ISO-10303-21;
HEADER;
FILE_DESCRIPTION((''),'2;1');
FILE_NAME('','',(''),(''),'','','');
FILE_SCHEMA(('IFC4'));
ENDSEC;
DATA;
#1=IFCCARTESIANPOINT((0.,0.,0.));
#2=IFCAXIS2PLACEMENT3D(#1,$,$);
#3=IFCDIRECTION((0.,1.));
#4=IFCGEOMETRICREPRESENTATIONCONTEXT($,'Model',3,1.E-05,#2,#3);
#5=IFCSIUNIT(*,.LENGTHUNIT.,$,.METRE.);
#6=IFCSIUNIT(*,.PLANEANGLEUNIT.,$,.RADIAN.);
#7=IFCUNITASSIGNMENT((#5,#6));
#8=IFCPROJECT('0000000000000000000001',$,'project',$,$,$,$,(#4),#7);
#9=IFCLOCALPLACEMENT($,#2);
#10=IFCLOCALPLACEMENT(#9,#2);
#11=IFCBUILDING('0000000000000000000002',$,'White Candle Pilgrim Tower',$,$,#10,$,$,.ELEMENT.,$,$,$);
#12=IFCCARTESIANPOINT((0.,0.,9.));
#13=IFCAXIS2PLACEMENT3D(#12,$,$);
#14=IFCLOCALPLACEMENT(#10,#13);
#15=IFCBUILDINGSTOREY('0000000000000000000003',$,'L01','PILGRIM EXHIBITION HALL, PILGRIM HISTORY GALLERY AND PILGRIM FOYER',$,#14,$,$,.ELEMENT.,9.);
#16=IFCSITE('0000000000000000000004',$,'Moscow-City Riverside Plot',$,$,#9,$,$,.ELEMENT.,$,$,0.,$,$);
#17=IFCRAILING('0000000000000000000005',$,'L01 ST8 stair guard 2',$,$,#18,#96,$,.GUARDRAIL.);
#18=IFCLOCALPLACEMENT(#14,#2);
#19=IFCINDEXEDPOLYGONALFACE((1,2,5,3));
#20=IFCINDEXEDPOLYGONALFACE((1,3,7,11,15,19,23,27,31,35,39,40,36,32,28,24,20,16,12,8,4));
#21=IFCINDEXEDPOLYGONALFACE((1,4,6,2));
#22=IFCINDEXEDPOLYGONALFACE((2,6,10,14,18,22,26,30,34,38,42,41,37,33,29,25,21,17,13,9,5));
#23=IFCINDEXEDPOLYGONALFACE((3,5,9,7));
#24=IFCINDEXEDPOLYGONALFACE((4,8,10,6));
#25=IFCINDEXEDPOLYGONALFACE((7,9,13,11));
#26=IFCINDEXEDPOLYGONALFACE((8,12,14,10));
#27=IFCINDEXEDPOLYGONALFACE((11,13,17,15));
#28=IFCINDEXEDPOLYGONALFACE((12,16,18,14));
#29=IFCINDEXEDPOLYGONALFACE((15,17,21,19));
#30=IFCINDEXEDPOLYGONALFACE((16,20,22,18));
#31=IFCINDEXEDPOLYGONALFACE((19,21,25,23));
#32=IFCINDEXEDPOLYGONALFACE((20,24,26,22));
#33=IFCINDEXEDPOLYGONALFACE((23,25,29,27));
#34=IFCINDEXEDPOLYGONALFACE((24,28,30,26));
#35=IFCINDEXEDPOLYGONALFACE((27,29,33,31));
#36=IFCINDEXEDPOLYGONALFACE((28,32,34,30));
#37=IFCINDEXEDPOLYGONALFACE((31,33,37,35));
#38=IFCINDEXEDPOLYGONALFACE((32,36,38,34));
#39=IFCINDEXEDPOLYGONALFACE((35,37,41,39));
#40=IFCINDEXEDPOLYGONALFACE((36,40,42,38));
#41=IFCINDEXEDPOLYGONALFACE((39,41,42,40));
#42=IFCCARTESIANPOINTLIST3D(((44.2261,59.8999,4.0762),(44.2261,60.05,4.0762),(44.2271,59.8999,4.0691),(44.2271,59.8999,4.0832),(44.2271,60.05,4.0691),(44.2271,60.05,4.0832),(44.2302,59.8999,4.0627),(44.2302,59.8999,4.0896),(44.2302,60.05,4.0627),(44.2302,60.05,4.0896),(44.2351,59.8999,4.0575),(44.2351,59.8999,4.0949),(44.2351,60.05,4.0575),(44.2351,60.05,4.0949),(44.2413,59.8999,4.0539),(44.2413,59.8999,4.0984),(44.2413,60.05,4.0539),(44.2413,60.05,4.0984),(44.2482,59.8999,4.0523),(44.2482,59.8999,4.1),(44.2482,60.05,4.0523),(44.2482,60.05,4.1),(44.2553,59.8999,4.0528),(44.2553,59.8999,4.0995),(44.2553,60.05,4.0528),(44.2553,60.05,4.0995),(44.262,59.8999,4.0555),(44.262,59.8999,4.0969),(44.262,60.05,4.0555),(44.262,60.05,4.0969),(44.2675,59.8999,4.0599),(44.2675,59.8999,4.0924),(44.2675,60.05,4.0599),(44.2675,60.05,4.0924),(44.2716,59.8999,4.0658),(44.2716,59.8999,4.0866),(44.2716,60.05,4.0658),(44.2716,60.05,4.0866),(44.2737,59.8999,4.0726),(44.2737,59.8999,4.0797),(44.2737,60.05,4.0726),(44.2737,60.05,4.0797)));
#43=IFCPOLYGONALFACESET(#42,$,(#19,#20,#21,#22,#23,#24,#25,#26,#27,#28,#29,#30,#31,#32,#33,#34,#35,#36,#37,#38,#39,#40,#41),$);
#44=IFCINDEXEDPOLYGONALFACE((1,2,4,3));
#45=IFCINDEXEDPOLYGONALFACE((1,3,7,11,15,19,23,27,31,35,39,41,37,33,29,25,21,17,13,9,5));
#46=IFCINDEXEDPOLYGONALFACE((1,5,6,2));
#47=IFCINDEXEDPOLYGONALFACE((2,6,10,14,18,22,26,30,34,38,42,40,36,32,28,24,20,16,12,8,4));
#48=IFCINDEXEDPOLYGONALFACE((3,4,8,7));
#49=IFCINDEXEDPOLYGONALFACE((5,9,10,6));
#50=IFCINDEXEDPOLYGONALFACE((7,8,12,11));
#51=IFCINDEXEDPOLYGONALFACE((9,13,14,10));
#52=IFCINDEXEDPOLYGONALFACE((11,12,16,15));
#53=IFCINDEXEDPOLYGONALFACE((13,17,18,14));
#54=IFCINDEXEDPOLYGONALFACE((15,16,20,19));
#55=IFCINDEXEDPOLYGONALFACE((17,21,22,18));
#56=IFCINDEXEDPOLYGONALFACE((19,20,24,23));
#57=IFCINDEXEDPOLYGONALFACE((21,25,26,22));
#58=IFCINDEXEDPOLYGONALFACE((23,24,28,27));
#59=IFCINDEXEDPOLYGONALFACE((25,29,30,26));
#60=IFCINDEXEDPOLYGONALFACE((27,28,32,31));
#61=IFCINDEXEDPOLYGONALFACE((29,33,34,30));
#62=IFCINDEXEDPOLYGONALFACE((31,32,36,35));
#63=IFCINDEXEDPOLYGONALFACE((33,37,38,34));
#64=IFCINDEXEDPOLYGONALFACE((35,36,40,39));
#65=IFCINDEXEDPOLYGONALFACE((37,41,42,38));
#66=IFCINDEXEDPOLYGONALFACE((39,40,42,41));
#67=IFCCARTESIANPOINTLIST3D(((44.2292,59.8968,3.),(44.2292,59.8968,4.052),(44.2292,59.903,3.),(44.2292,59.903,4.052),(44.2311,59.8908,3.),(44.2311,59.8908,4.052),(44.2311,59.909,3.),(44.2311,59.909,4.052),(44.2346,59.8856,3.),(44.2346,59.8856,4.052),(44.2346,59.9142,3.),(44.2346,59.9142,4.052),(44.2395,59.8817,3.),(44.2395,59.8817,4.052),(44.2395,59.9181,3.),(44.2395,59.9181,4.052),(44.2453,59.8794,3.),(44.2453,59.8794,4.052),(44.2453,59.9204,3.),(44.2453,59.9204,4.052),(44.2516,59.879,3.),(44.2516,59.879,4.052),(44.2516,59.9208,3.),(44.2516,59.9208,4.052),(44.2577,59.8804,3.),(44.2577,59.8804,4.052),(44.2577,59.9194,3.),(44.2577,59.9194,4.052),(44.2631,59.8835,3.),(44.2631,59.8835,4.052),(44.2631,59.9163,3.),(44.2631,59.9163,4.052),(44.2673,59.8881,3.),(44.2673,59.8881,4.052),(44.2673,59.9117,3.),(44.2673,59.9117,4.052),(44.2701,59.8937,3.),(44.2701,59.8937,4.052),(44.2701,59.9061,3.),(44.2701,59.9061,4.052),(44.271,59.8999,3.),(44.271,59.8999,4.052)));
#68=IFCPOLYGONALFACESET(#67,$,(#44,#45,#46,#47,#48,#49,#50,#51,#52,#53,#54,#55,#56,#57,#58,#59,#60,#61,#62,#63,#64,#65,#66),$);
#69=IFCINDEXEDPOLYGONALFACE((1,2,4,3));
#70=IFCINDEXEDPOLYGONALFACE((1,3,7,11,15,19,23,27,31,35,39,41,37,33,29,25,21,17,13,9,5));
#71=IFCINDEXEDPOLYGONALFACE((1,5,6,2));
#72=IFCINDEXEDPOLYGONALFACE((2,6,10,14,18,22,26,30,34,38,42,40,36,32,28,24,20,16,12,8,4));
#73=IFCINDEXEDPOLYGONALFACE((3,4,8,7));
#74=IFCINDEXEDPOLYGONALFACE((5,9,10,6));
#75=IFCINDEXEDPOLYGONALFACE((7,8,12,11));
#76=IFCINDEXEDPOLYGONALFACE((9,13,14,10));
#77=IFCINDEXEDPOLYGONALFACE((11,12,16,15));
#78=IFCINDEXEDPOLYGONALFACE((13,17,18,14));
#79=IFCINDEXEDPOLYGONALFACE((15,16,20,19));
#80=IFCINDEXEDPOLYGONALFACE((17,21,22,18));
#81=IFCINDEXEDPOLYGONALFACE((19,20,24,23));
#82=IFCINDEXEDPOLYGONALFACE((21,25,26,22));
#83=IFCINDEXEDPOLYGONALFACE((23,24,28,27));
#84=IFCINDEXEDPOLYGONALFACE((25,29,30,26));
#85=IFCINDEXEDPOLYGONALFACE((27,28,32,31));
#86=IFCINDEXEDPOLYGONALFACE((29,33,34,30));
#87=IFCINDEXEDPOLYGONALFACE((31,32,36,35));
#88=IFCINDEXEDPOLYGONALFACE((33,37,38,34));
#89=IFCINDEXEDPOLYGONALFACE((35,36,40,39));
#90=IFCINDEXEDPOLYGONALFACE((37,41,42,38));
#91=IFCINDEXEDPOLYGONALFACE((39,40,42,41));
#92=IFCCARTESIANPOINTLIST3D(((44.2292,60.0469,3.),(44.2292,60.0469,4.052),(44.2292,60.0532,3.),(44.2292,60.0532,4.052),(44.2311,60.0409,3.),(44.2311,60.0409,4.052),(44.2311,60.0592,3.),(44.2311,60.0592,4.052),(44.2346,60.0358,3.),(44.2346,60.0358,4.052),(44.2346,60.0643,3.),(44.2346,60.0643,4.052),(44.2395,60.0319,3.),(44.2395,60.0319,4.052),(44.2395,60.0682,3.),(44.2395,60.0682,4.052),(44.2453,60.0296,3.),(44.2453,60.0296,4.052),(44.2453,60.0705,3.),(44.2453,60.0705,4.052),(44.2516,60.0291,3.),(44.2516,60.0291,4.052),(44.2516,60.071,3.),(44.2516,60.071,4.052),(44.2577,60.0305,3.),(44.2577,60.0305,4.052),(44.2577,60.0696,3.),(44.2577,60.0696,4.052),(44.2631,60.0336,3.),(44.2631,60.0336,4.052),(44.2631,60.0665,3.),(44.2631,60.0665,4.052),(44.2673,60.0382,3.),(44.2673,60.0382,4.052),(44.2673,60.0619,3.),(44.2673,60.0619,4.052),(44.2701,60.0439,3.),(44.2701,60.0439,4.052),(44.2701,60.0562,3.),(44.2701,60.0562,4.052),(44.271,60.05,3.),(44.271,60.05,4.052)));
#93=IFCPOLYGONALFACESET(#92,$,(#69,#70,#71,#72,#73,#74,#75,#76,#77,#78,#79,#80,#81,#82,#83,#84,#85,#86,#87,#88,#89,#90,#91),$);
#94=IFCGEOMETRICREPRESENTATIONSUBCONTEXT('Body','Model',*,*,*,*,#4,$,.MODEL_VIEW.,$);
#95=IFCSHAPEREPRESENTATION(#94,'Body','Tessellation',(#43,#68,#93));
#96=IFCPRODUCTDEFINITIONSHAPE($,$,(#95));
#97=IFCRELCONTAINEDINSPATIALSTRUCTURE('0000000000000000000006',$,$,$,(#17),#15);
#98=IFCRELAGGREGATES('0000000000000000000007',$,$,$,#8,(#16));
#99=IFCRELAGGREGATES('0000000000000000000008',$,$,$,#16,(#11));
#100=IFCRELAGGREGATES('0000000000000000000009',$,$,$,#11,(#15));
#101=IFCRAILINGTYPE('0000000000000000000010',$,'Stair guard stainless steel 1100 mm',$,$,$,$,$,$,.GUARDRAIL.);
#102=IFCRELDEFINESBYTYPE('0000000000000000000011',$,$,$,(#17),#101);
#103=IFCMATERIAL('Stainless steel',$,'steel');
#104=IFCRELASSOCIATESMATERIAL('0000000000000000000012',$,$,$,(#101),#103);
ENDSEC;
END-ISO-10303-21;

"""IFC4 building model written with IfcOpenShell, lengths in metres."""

from ifc_helpers import new_model, si_unit, direction, frame, origin, origin_2d, place, context, subcontext, project, spatial, circle, extrude, material, type_object, element, save


model = new_model("IFC4")

# Units and contexts
model_context = context("Model", 3, precision=1e-05, world=origin(), true_north=direction((0.0, 1.0)))
body_context = subcontext(model_context, "Body", "Model", "MODEL_VIEW")
ifc_project = project(units=[si_unit("LENGTHUNIT", "METRE"), si_unit("PLANEANGLEUNIT", "RADIAN")], contexts=[model_context])

# Site, building, storey
site_placement = place(None, origin())
site = spatial("IfcSite", under=ifc_project, at=site_placement, Name="Moscow-City Riverside Plot", CompositionType="ELEMENT", RefElevation=0.0)
building_placement = place(site_placement, origin())
building = spatial("IfcBuilding", under=site, at=building_placement, Name="White Candle Pilgrim Tower", CompositionType="ELEMENT")
storey_placement = place(building_placement, frame((0.0, 0.0, 9.0)))
storey = spatial("IfcBuildingStorey", under=building, at=storey_placement, Name="L01", Description="PILGRIM EXHIBITION HALL, PILGRIM HISTORY GALLERY AND PILGRIM FOYER", CompositionType="ELEMENT", Elevation=9.0)

# Railing
ifc_material_1 = material(Name="Stainless steel", Category="steel")
railing_type_1 = type_object("IfcRailingType", Name="Stair guard stainless steel 1100 mm", PredefinedType="GUARDRAIL", material=ifc_material_1)
railing_1_placement = place(storey_placement, frame((44.25, 59.8999, 3.0)))
element("IfcRailing", 1, at=railing_1_placement, inside=storey, type_object=railing_type_1, Name="L01 ST8 stair guard 2", PredefinedType="GUARDRAIL", context=body_context, shape_type="SweptSolid", body=[
    extrude(circle(Radius=0.0239, at=origin_2d()), frame((0.0, 0.0, 1.0762), z_axis=(0.0, 1.0, 0.0), x_axis=(-1.0, 0.0, 0.0)), (0.0, 0.0, 1.0), 0.1501),
    extrude(circle(Radius=0.021, at=origin_2d()), origin(), (0.0, 0.0, 1.0), 1.052),
    extrude(circle(Radius=0.021, at=origin_2d()), frame((0.0, 0.1501, 0.0)), (0.0, 0.0, 1.0), 1.052),
])

save(model, "model.ifc")
